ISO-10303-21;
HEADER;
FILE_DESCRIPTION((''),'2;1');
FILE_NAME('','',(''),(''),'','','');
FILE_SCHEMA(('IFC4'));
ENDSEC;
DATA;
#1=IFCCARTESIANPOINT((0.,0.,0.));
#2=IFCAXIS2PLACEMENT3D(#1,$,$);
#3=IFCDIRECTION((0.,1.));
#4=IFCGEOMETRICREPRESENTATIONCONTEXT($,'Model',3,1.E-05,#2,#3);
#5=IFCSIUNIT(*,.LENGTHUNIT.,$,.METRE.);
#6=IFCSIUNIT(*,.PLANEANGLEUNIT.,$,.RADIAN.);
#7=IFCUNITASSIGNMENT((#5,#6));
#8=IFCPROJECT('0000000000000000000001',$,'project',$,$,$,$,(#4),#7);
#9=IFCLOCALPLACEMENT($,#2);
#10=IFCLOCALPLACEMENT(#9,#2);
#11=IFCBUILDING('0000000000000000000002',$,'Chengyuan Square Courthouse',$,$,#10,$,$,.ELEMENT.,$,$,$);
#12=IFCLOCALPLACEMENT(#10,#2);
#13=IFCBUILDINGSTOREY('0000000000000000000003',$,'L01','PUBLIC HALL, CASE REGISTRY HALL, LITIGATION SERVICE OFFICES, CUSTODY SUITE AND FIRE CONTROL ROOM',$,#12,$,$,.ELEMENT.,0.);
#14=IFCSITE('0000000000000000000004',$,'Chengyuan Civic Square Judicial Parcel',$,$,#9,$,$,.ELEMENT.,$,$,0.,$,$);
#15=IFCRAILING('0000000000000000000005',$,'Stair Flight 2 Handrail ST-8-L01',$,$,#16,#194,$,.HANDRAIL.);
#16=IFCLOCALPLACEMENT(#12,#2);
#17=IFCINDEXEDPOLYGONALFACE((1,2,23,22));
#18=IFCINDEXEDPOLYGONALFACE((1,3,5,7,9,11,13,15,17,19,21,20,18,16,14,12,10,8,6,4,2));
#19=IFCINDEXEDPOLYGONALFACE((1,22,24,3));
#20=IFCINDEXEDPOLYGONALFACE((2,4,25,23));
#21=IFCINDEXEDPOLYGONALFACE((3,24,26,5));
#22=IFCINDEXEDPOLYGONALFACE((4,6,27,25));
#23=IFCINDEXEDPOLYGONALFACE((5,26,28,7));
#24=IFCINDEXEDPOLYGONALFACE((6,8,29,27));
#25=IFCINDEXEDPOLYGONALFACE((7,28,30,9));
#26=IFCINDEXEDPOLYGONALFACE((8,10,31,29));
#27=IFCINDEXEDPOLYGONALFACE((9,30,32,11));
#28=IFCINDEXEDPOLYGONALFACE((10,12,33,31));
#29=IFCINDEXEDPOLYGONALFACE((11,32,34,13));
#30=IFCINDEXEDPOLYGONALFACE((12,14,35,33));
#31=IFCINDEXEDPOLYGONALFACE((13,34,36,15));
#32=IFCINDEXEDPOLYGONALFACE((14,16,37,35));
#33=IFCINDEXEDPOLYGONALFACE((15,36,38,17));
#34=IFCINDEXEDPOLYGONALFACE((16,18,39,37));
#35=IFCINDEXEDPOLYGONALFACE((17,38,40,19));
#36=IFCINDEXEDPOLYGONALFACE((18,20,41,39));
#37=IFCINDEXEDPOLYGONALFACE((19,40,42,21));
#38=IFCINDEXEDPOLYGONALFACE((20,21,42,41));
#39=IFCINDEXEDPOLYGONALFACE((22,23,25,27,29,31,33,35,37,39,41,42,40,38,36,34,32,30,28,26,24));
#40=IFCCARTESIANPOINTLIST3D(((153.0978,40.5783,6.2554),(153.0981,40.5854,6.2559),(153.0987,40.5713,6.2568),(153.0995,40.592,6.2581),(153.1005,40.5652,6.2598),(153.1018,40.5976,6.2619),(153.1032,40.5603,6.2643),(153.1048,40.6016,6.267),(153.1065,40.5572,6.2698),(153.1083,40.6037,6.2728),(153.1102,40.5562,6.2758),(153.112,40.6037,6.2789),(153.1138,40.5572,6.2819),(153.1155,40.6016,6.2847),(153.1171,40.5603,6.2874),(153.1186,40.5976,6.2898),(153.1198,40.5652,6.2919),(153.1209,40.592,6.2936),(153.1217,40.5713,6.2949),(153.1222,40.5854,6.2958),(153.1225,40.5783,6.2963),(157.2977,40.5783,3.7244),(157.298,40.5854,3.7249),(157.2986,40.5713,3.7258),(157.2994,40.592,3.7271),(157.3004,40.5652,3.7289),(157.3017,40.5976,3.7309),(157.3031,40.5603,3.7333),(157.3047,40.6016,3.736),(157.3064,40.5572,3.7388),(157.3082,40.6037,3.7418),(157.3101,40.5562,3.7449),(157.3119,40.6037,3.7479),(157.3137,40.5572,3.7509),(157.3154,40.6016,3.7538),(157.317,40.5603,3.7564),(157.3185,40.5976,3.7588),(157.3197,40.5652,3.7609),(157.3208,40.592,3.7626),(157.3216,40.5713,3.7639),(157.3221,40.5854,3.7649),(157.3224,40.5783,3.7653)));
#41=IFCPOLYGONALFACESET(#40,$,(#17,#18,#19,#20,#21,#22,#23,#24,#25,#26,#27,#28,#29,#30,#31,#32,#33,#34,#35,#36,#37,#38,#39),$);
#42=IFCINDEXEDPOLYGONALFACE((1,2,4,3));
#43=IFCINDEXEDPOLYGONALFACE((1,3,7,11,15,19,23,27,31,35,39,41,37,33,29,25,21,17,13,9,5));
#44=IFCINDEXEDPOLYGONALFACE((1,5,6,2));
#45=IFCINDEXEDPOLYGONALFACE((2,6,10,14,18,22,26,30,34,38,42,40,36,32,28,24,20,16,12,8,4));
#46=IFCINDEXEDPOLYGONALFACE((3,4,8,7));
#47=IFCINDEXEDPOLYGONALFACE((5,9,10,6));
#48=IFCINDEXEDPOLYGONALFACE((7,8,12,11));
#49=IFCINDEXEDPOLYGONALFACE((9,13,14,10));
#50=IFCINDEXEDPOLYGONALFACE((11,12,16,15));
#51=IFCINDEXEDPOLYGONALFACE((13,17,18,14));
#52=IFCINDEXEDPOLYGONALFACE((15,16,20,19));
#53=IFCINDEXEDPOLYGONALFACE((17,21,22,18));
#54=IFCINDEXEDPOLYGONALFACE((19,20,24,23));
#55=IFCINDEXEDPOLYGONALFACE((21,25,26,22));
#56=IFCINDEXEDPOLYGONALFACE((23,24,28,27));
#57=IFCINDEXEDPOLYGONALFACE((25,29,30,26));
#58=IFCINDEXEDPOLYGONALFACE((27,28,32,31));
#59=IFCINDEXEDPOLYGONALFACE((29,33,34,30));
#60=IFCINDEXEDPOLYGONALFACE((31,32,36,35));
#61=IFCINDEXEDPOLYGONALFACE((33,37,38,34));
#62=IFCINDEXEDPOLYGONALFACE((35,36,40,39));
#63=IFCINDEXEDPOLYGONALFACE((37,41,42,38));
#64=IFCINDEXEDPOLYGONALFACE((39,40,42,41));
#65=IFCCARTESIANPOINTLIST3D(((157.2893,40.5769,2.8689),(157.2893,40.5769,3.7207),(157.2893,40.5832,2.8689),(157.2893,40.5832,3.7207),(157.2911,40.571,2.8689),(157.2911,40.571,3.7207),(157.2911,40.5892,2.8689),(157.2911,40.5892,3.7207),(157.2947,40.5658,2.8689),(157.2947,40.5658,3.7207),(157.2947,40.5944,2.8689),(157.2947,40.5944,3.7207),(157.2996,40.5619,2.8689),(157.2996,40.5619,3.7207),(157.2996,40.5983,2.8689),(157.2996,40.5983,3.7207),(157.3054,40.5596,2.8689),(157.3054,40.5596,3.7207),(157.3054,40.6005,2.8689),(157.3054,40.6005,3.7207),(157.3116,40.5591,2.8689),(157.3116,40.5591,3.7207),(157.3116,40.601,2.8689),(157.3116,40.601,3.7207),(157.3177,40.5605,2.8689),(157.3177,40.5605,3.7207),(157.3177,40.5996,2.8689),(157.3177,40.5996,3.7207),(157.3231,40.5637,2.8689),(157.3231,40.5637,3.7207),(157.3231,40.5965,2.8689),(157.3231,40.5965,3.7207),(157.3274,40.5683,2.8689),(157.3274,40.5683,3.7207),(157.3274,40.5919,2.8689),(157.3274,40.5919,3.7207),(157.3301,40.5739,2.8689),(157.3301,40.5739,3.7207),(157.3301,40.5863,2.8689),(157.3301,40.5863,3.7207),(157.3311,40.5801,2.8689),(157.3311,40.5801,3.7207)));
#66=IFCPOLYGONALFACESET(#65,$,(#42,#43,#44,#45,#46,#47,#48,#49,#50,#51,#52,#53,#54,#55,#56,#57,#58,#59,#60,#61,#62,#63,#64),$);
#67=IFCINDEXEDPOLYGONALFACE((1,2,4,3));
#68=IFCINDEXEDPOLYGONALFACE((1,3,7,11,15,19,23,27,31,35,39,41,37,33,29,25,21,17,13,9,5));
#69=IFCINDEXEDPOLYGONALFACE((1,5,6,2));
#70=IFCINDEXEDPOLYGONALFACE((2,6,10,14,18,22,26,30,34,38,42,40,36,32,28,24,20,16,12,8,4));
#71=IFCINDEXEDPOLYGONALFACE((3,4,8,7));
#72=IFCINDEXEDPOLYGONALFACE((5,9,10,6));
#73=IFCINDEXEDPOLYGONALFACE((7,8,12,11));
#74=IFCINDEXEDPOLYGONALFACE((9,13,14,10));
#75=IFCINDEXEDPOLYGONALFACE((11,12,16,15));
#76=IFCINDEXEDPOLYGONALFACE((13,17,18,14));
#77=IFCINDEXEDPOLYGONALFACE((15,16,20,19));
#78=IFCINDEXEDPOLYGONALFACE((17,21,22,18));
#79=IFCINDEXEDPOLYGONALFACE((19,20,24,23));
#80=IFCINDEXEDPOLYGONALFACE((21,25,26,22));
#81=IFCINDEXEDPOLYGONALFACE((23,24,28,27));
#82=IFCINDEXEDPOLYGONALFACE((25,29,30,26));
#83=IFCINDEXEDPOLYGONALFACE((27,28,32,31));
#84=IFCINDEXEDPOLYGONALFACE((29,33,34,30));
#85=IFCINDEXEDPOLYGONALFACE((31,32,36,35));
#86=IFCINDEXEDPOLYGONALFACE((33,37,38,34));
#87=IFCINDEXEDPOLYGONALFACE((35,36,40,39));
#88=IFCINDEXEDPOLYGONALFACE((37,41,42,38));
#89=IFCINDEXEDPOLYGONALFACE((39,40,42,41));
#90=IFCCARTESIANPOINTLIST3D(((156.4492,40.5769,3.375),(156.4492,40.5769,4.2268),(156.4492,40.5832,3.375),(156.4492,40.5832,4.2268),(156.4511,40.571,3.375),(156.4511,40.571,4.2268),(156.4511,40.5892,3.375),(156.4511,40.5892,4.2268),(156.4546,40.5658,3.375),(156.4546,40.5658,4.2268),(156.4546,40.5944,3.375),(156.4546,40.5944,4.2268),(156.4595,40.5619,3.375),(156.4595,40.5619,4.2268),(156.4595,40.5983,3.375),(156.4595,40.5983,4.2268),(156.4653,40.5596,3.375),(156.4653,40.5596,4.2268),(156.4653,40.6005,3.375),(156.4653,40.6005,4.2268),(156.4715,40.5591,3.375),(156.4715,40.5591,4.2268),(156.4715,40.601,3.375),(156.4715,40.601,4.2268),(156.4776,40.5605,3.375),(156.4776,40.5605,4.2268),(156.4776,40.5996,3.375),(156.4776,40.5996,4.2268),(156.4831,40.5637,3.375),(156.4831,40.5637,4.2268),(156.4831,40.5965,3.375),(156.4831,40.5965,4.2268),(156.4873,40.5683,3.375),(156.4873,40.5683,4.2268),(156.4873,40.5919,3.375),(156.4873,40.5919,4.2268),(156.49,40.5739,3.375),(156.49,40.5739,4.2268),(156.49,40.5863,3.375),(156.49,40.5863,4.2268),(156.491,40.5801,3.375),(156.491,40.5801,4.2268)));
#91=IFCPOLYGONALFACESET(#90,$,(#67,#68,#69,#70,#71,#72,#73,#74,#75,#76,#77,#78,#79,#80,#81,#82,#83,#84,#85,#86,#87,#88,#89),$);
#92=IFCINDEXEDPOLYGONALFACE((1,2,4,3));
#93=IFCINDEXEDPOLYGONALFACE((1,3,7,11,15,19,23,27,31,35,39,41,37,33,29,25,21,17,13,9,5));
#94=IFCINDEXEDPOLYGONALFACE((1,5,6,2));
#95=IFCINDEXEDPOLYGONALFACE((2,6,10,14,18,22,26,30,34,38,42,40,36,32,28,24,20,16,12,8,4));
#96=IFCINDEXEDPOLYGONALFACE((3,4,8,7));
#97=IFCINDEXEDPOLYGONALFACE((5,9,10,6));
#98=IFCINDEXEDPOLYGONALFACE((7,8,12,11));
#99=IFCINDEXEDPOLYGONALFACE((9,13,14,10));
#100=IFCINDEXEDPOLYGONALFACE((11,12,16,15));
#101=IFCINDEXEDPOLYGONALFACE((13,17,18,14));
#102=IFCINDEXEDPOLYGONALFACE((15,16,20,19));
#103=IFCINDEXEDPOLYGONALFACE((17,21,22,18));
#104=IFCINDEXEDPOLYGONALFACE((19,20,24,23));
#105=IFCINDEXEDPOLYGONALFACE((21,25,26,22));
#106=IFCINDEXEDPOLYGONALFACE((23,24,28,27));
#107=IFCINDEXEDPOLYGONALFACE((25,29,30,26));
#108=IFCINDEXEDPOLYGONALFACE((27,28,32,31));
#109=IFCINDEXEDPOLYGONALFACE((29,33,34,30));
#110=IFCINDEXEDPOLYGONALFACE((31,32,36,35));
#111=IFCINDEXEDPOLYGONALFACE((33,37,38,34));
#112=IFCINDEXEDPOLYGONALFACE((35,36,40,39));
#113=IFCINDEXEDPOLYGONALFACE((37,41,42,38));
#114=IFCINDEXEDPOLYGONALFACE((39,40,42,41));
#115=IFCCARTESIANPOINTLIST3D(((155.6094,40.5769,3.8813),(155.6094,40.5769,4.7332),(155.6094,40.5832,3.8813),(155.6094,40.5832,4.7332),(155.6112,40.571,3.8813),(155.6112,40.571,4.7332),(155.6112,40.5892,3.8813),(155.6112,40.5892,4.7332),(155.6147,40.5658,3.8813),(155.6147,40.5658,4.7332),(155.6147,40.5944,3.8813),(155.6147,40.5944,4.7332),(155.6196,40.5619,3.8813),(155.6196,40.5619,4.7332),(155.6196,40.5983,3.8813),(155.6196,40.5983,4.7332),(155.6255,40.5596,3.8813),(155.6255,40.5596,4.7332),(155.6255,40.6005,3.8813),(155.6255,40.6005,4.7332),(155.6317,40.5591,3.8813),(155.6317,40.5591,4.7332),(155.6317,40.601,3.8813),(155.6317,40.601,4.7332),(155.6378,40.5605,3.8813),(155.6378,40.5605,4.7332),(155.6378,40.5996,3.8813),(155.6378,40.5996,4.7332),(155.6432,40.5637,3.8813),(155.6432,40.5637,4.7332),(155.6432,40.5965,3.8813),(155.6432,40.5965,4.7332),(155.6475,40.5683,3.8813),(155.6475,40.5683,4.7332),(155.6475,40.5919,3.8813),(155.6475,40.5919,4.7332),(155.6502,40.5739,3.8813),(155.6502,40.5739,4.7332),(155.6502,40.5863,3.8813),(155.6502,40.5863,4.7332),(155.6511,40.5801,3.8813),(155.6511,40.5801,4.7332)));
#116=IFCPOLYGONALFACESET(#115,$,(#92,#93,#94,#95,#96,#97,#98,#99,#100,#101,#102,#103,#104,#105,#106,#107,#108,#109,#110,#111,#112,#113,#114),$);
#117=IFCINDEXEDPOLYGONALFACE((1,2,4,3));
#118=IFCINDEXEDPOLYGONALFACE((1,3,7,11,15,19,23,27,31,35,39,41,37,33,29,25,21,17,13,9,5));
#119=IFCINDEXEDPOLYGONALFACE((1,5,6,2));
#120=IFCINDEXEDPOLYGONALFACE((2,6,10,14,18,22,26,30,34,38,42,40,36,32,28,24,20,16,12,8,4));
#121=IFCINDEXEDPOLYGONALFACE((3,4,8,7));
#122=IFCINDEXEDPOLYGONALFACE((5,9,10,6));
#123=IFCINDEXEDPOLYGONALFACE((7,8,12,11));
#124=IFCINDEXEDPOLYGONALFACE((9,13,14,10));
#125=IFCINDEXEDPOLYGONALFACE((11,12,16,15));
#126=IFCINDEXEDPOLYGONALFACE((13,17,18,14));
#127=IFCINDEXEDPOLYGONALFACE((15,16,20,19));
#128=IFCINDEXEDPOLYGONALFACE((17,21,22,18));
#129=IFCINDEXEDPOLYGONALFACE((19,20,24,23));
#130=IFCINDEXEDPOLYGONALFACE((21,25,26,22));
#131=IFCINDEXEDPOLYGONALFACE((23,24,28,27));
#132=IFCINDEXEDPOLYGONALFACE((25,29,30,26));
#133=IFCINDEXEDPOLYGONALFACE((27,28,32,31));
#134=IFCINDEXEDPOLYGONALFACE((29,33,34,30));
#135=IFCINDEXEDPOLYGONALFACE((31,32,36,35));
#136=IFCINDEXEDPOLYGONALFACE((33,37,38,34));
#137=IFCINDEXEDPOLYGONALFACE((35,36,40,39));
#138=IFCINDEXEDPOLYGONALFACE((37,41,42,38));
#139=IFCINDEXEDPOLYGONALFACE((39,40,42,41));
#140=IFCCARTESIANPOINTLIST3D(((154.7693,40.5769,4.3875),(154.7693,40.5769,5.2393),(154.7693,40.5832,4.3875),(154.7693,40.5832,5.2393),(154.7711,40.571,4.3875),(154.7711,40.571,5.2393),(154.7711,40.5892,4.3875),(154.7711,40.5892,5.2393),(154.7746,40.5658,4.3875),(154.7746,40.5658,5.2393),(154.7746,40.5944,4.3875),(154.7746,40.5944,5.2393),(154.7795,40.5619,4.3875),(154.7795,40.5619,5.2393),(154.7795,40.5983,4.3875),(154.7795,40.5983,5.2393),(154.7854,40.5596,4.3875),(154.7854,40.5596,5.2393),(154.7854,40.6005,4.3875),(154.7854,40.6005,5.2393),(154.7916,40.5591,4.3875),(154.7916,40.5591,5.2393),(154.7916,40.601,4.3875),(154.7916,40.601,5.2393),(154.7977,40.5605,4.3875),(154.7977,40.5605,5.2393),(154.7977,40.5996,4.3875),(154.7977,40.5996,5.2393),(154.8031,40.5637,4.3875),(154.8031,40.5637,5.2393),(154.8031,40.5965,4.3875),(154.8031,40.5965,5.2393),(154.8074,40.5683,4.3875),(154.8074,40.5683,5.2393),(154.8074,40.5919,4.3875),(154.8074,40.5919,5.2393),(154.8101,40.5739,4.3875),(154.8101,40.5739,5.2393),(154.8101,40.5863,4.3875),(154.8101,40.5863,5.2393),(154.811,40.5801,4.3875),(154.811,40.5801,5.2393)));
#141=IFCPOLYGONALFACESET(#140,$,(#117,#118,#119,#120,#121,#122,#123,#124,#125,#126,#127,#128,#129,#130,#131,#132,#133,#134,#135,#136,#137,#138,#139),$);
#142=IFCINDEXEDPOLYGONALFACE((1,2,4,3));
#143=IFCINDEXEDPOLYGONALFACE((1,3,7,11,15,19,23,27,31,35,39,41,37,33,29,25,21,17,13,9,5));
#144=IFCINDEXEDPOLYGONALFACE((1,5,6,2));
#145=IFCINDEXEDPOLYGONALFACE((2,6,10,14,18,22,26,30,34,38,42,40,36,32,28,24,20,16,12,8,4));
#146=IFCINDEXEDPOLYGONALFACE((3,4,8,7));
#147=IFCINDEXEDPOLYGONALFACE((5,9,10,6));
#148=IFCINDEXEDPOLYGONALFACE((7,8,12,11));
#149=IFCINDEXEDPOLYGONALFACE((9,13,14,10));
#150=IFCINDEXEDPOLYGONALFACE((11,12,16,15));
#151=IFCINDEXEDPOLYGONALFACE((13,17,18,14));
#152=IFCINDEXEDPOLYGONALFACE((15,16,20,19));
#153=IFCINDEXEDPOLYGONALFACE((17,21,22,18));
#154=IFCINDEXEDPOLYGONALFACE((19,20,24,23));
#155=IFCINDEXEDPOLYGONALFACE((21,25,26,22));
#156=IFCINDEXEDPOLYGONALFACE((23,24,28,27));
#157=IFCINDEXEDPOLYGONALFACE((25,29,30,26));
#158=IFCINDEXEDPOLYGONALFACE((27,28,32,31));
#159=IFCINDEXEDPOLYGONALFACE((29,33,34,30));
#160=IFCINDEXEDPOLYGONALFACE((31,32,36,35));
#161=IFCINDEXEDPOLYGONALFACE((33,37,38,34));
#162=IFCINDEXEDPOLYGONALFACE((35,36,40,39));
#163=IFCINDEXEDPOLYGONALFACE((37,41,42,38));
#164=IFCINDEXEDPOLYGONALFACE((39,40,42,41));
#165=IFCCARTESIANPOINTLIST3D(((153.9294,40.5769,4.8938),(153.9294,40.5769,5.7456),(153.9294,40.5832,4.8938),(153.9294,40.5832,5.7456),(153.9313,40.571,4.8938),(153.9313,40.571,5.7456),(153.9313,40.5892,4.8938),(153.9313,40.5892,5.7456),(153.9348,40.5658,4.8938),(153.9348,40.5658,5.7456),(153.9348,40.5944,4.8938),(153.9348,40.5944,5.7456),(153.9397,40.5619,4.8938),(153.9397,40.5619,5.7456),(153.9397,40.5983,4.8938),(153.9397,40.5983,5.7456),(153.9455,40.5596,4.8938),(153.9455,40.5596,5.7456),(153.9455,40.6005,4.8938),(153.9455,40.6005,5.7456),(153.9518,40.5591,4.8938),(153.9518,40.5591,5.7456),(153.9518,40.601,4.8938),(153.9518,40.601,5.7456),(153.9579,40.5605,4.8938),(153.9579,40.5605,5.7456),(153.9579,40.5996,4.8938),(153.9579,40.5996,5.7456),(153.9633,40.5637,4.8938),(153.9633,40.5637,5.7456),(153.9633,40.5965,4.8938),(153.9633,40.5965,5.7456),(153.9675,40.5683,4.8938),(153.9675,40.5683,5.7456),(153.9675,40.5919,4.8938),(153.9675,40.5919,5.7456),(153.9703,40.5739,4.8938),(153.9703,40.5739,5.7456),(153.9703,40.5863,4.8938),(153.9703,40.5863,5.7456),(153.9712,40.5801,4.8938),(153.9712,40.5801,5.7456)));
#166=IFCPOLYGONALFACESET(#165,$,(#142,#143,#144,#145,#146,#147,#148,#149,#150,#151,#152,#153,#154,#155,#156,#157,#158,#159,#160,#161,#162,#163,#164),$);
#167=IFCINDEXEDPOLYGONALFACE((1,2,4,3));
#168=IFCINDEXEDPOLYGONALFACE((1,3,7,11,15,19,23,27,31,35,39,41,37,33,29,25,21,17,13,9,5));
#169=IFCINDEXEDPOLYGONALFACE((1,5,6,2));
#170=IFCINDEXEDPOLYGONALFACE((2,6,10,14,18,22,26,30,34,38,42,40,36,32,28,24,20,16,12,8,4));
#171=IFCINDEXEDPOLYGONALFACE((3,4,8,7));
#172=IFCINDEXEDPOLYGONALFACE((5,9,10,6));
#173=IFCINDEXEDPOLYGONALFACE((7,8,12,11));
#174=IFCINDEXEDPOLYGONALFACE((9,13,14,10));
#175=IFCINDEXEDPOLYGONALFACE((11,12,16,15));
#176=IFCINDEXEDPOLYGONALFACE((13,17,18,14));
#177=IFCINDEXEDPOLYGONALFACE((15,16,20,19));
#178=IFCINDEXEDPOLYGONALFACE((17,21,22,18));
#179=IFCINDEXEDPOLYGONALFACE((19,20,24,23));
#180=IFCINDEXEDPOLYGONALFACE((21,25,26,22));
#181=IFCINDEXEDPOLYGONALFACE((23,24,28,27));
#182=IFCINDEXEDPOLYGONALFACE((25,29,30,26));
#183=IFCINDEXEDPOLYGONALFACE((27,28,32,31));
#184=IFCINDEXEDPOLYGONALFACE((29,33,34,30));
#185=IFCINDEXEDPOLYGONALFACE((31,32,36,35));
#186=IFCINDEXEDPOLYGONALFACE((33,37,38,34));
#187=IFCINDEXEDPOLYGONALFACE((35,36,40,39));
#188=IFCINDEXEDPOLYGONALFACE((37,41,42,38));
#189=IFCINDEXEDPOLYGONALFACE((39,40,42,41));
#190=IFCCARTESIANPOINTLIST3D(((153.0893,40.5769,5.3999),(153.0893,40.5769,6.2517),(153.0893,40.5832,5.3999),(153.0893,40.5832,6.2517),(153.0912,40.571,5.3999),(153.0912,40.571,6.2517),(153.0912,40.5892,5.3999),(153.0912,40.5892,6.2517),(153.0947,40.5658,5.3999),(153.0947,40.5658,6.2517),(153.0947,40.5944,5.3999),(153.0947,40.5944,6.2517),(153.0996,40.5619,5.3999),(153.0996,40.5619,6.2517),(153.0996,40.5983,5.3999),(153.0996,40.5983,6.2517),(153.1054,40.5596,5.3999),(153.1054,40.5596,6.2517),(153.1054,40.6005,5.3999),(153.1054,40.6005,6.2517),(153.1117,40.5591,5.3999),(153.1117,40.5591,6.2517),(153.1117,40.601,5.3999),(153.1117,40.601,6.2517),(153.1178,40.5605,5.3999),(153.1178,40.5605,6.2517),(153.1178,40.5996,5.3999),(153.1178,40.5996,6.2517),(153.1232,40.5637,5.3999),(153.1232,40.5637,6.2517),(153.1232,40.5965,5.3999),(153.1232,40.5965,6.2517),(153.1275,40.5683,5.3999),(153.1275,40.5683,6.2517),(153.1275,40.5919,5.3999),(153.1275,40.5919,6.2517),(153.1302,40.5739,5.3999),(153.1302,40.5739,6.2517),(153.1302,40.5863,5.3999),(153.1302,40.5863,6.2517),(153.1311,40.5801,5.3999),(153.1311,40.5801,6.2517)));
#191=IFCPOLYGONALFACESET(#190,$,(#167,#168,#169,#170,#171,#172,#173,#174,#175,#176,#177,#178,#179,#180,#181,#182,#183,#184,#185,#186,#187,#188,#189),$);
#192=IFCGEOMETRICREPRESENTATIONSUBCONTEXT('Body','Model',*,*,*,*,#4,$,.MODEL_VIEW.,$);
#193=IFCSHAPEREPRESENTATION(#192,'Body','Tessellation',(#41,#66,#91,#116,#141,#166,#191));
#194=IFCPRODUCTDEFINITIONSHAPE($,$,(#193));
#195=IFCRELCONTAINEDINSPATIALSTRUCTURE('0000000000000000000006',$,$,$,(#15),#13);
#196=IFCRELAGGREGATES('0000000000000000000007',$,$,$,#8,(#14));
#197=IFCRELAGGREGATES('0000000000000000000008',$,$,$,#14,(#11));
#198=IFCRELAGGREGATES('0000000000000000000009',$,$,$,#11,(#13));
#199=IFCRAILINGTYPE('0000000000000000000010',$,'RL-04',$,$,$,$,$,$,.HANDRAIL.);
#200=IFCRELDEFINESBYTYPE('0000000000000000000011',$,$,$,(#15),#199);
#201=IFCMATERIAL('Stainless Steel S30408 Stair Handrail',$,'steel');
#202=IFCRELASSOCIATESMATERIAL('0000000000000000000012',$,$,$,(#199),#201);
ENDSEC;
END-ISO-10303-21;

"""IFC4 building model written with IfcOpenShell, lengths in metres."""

from ifc_helpers import new_model, si_unit, direction, frame, origin, origin_2d, place, context, subcontext, project, spatial, circle, extrude, material, type_object, element, save


model = new_model("IFC4")

# Units and contexts
model_context = context("Model", 3, precision=1e-05, world=origin(), true_north=direction((0.0, 1.0)))
body_context = subcontext(model_context, "Body", "Model", "MODEL_VIEW")
ifc_project = project(units=[si_unit("LENGTHUNIT", "METRE"), si_unit("PLANEANGLEUNIT", "RADIAN")], contexts=[model_context])

# Site, building, storey
site_placement = place(None, origin())
site = spatial("IfcSite", under=ifc_project, at=site_placement, Name="Chengyuan Civic Square Judicial Parcel", CompositionType="ELEMENT", RefElevation=0.0)
building_placement = place(site_placement, origin())
building = spatial("IfcBuilding", under=site, at=building_placement, Name="Chengyuan Square Courthouse", CompositionType="ELEMENT")
storey_placement = place(building_placement, origin())
storey = spatial("IfcBuildingStorey", under=building, at=storey_placement, Name="L01", Description="PUBLIC HALL, CASE REGISTRY HALL, LITIGATION SERVICE OFFICES, CUSTODY SUITE AND FIRE CONTROL ROOM", CompositionType="ELEMENT", Elevation=0.0)

# Railing
ifc_material_1 = material(Name="Stainless Steel S30408 Stair Handrail", Category="steel")
railing_type_1 = type_object("IfcRailingType", Name="RL-04", PredefinedType="HANDRAIL", material=ifc_material_1)
railing_1_placement = place(storey_placement, frame((157.3101, 40.5801, 2.8689)))
element("IfcRailing", 1, at=railing_1_placement, inside=storey, type_object=railing_type_1, Name="Stair Flight 2 Handrail ST-8-L01", PredefinedType="HANDRAIL", context=body_context, shape_type="SweptSolid", body=[
    extrude(circle(Radius=0.0239, at=origin_2d()), frame((0.0, 0.0, 0.876), z_axis=(-0.856499, 0.0, 0.51615), x_axis=(0.0, -1.0, 0.0)), (0.0, 0.0, 1.0), 4.9036),
    extrude(circle(Radius=0.021, at=origin_2d()), origin(), (0.0, 0.0, 1.0), 0.8518),
    extrude(circle(Radius=0.021, at=origin_2d()), frame((-0.8401, 0.0, 0.5061)), (0.0, 0.0, 1.0), 0.8518),
    extrude(circle(Radius=0.021, at=origin_2d()), frame((-1.6799, 0.0, 1.0125)), (0.0, 0.0, 1.0), 0.8518),
    extrude(circle(Radius=0.021, at=origin_2d()), frame((-2.52, 0.0, 1.5186)), (0.0, 0.0, 1.0), 0.8518),
    extrude(circle(Radius=0.021, at=origin_2d()), frame((-3.3599, 0.0, 2.0249)), (0.0, 0.0, 1.0), 0.8518),
    extrude(circle(Radius=0.021, at=origin_2d()), frame((-4.2, 0.0, 2.531)), (0.0, 0.0, 1.0), 0.8518),
])

save(model, "model.ifc")
